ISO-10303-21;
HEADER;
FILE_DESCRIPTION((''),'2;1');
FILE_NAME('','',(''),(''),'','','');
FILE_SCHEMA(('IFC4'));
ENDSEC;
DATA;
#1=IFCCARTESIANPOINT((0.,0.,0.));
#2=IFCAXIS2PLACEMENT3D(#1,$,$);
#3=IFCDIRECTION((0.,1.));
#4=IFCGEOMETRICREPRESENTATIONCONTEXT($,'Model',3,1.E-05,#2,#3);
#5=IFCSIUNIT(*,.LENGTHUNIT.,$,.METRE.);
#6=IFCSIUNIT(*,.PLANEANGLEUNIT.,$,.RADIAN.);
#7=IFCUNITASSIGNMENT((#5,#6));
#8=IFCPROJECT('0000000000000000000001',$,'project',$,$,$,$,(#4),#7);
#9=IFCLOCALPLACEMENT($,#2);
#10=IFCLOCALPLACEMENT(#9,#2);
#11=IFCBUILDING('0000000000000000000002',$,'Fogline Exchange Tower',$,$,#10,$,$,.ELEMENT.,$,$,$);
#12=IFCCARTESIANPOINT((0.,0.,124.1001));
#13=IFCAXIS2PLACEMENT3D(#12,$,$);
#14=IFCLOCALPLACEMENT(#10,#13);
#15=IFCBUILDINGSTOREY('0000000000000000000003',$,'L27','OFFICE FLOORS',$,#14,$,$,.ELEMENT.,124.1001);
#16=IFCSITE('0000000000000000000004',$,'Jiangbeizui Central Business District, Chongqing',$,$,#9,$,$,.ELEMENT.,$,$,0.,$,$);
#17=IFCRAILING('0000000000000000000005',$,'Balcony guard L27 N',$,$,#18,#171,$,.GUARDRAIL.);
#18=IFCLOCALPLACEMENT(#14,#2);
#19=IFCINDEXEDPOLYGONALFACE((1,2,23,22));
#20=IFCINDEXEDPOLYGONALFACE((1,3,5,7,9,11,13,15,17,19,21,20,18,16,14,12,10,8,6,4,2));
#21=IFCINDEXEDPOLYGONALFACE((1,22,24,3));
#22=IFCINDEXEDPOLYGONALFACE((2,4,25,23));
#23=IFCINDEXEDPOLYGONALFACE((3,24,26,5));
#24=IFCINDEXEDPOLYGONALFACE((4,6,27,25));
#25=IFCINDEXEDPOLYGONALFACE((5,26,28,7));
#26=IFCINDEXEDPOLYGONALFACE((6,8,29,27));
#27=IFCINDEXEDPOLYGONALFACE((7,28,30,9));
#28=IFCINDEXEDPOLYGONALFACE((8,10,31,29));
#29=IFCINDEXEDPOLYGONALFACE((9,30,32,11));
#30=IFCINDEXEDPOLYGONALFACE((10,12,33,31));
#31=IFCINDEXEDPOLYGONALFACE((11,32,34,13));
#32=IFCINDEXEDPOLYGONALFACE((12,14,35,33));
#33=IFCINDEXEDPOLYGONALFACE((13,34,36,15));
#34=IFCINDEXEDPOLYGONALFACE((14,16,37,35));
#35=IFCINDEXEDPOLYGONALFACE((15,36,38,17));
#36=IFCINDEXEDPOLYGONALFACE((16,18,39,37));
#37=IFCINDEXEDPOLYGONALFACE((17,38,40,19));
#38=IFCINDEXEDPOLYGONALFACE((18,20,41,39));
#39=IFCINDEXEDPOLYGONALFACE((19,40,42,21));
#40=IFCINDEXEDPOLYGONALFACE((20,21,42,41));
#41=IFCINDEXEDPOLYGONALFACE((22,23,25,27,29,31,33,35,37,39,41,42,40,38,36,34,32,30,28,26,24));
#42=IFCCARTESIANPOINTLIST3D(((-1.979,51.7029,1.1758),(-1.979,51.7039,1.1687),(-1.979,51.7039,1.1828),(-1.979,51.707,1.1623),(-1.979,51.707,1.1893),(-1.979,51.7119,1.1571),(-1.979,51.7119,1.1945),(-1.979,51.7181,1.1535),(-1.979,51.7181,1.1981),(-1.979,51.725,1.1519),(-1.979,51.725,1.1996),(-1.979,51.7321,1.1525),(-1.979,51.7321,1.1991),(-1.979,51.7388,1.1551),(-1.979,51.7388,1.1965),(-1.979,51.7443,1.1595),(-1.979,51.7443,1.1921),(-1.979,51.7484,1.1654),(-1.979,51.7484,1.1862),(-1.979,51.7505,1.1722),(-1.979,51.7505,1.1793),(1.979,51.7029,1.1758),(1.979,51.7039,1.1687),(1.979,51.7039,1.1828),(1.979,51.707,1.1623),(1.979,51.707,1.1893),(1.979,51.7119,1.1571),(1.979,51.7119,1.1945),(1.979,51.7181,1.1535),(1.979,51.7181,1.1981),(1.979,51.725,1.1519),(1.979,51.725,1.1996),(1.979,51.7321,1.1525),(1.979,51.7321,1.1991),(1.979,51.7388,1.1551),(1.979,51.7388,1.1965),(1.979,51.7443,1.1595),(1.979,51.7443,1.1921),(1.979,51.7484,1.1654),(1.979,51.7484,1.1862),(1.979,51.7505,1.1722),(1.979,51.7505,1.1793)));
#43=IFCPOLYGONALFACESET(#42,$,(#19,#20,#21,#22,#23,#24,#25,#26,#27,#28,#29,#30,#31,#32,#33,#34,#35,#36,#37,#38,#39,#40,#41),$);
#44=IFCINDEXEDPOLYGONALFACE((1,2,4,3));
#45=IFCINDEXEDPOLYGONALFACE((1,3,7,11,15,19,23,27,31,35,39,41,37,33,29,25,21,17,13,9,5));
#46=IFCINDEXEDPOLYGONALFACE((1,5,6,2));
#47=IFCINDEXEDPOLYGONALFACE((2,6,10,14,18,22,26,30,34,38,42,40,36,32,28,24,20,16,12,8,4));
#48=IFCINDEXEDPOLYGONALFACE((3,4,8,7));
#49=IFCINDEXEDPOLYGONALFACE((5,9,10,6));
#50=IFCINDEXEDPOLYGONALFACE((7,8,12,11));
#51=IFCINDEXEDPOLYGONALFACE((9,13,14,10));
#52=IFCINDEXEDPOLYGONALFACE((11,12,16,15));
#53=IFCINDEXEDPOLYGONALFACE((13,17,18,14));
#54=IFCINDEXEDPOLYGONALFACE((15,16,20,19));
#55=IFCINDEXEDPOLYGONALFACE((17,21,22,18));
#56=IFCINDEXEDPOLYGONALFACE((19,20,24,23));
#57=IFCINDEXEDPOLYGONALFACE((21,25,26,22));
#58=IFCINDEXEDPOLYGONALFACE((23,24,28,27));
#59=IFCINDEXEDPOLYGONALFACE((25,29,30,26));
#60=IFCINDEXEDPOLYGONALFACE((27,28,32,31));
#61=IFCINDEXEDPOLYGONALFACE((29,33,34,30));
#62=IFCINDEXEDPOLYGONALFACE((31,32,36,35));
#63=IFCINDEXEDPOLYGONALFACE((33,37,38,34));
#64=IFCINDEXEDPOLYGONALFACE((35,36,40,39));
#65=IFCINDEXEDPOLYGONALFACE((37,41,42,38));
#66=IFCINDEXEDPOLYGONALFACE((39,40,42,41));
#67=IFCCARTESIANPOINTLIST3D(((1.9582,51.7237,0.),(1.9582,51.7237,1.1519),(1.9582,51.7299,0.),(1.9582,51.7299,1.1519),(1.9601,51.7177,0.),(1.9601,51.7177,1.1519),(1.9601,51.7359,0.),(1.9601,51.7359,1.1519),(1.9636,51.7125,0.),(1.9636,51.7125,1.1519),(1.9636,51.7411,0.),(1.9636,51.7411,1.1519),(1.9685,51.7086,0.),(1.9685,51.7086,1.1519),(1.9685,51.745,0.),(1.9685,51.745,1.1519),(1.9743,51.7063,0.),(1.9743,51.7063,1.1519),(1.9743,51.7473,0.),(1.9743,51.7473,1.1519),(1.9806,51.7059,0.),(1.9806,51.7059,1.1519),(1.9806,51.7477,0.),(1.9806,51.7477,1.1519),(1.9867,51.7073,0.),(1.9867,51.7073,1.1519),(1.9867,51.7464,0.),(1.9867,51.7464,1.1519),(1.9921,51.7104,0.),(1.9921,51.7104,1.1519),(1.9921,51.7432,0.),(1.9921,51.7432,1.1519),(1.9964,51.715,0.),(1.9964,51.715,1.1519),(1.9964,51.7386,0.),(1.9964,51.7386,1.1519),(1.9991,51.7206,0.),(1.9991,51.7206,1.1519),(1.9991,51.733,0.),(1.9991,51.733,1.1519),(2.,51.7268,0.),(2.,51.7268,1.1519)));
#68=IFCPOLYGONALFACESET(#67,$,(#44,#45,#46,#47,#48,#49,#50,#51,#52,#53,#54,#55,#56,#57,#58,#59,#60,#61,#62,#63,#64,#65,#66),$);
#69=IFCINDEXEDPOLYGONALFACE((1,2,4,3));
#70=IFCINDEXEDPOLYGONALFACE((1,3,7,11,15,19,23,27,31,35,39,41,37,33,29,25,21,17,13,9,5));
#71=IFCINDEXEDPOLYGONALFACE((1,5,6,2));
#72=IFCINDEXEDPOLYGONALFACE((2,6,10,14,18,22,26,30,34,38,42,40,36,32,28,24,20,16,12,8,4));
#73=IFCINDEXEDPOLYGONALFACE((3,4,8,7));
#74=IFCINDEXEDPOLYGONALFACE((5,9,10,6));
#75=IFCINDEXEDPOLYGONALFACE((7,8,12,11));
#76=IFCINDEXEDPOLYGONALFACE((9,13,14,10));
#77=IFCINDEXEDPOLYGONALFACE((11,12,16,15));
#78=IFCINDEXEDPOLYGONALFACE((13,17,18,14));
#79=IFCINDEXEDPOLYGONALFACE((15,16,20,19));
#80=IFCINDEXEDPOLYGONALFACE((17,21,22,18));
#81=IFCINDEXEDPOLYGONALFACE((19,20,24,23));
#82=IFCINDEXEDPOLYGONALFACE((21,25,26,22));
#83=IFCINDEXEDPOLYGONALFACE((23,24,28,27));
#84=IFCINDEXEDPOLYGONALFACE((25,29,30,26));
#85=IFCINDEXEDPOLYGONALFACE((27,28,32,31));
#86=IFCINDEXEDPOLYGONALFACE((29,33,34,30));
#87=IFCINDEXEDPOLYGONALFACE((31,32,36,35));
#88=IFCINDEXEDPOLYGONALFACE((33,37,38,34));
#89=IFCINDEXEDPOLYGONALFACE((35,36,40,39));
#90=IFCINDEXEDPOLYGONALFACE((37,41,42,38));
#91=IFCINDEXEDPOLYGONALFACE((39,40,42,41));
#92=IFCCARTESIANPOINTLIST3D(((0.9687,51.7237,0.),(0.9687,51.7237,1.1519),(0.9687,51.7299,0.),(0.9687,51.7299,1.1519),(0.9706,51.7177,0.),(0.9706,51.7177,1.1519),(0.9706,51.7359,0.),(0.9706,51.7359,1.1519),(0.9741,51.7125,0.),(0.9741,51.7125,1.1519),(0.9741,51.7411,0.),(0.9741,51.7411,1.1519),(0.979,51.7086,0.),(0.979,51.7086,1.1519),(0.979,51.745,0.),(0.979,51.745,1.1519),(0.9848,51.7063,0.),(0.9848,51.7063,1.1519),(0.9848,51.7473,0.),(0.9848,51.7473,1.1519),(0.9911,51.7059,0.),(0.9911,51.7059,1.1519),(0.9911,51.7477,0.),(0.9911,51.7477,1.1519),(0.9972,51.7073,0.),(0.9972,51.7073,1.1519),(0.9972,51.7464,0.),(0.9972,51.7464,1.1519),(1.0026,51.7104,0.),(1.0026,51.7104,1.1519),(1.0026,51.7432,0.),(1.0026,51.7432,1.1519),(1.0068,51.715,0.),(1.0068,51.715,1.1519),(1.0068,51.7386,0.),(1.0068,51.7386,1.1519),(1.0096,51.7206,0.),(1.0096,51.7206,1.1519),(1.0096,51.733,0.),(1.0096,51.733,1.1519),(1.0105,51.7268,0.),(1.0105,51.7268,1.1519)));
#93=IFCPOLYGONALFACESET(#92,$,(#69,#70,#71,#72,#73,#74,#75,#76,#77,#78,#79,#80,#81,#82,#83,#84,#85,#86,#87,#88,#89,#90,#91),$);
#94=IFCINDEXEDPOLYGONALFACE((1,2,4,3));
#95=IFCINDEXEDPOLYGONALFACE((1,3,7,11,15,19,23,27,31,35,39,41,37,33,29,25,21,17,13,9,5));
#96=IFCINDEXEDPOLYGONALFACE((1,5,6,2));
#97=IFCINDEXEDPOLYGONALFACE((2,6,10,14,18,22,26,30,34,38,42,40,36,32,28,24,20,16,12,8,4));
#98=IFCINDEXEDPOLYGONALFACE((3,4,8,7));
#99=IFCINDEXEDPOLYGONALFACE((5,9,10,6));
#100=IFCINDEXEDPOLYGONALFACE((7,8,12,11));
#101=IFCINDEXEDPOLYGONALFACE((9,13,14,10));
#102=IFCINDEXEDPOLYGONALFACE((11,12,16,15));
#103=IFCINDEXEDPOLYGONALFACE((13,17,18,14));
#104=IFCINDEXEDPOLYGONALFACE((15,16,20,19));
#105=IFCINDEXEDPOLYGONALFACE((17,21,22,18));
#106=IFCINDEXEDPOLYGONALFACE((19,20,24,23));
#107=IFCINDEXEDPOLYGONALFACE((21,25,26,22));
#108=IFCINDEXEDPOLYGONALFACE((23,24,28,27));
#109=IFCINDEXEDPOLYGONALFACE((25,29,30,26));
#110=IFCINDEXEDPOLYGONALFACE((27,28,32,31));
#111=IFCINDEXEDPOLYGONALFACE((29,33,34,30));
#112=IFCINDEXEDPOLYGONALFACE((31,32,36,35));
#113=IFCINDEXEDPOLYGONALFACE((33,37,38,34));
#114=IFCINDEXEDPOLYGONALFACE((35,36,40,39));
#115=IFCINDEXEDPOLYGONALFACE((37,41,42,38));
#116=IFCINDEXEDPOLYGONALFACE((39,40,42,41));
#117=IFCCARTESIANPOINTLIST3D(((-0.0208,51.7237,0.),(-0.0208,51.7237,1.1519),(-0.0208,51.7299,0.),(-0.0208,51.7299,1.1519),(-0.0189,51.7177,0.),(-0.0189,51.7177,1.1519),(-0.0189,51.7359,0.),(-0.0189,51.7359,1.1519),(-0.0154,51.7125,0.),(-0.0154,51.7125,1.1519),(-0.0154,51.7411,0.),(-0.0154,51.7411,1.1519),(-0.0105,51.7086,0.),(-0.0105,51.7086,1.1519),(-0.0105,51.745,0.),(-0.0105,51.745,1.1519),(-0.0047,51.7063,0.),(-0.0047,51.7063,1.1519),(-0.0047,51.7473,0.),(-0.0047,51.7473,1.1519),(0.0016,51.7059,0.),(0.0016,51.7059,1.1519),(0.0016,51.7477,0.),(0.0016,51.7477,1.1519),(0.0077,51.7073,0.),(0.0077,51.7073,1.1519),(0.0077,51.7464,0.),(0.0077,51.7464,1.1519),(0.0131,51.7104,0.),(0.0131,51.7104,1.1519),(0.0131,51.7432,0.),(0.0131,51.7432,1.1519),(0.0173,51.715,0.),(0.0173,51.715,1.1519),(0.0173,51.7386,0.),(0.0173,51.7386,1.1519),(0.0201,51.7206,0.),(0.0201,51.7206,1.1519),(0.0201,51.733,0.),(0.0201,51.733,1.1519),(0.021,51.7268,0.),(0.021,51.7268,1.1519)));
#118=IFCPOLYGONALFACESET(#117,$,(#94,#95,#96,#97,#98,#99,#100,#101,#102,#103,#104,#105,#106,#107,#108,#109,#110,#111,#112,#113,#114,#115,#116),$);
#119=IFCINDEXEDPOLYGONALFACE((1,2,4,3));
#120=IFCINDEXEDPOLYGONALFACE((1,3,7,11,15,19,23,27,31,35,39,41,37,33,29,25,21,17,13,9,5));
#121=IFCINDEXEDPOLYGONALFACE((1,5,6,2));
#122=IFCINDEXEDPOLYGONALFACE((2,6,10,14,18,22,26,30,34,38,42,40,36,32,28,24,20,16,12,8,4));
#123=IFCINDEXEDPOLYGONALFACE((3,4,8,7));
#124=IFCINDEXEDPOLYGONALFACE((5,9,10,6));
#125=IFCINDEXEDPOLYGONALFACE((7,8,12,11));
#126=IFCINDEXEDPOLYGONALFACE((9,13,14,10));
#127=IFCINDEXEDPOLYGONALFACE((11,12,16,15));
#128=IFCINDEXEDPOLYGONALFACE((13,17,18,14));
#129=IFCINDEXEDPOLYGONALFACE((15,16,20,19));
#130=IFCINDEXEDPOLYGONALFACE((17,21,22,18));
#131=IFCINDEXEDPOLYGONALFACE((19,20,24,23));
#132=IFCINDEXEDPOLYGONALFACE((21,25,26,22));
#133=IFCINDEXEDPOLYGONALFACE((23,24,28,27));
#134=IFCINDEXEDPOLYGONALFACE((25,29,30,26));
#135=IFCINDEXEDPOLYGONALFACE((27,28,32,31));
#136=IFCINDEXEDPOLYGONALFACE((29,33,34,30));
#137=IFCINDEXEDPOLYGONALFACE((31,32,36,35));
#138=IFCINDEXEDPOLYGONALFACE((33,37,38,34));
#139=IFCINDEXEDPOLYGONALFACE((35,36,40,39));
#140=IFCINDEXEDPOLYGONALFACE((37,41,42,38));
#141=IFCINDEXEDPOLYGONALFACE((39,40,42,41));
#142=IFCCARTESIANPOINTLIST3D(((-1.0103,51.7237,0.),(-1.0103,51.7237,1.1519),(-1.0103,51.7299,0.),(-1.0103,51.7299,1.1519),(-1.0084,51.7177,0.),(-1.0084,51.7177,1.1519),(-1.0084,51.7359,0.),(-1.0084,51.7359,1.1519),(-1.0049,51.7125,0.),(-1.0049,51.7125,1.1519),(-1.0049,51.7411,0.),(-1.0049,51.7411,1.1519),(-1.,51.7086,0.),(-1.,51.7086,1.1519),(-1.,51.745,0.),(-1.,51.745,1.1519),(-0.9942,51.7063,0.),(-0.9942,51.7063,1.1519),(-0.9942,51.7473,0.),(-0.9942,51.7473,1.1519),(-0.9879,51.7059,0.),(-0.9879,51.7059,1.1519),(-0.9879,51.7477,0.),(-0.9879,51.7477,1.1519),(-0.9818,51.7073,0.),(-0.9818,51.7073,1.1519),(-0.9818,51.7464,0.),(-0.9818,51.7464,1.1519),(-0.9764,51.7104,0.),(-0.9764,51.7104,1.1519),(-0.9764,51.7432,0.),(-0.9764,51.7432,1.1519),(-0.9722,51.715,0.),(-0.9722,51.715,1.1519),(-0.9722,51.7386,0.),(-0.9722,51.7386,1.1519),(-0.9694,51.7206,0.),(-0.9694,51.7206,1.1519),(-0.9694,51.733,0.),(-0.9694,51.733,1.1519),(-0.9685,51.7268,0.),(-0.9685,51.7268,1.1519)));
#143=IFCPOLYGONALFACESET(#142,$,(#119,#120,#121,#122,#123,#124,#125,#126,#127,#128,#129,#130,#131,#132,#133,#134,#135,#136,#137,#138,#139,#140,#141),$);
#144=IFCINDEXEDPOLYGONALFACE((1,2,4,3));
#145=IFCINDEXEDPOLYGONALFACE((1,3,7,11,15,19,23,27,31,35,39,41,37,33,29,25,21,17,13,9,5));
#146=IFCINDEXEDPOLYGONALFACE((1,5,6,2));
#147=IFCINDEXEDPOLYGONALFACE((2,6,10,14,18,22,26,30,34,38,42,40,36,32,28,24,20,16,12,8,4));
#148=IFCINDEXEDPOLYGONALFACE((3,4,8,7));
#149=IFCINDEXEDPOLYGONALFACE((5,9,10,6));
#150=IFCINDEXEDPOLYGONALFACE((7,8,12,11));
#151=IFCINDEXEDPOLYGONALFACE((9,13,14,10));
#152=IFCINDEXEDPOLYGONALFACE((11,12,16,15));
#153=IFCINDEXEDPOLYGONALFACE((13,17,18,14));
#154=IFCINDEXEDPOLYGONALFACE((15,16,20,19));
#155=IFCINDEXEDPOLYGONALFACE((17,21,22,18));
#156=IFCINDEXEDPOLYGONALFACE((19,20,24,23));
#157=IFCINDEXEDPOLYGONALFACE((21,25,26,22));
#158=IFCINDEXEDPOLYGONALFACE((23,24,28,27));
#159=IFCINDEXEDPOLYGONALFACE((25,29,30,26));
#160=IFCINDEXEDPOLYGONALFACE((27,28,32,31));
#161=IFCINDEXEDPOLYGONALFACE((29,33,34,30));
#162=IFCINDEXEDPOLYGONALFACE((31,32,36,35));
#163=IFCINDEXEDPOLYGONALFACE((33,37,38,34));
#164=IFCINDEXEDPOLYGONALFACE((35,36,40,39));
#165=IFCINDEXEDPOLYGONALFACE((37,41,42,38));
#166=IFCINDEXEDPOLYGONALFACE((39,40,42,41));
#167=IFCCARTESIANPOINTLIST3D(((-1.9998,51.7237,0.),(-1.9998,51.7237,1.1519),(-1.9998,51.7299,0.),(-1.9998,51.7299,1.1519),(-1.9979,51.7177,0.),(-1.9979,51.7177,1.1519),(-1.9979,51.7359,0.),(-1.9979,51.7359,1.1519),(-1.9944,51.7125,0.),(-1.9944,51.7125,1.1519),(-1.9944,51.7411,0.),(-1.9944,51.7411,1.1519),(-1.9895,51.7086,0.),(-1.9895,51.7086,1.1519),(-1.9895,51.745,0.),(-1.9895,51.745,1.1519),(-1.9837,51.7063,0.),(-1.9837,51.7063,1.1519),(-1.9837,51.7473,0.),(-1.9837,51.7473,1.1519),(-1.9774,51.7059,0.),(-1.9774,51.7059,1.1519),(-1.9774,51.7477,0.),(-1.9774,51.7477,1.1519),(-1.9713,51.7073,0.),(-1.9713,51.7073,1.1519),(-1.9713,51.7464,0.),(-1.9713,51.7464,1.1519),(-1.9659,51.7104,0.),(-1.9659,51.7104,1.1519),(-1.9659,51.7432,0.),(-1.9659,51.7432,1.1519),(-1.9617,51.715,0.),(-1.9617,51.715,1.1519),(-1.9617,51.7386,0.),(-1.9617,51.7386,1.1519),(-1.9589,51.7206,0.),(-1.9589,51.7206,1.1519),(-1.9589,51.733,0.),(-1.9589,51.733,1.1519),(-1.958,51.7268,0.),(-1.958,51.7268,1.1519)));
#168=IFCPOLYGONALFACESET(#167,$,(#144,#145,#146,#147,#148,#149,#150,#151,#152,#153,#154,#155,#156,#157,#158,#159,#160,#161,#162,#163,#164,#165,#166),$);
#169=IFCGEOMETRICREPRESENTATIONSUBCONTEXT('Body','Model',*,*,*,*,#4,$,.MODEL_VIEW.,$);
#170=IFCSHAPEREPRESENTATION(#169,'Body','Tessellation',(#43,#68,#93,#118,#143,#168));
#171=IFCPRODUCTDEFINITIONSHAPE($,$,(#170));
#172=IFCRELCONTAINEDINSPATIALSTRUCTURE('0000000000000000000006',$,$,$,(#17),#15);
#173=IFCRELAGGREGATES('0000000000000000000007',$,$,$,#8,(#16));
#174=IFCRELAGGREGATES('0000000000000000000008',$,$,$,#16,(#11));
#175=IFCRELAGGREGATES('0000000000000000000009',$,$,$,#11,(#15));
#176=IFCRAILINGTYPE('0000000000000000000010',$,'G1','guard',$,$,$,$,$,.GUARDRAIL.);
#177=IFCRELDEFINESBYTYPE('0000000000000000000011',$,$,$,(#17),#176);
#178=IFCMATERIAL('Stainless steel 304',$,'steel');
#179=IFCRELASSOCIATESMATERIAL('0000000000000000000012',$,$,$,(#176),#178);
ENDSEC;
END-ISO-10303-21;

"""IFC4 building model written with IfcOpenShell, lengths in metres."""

from ifc_helpers import new_model, si_unit, direction, frame, origin, origin_2d, place, context, subcontext, project, spatial, circle, extrude, material, type_object, element, save


model = new_model("IFC4")

# Units and contexts
model_context = context("Model", 3, precision=1e-05, world=origin(), true_north=direction((0.0, 1.0)))
body_context = subcontext(model_context, "Body", "Model", "MODEL_VIEW")
ifc_project = project(units=[si_unit("LENGTHUNIT", "METRE"), si_unit("PLANEANGLEUNIT", "RADIAN")], contexts=[model_context])

# Site, building, storey
site_placement = place(None, origin())
site = spatial("IfcSite", under=ifc_project, at=site_placement, Name="Jiangbeizui Central Business District, Chongqing", CompositionType="ELEMENT", RefElevation=0.0)
building_placement = place(site_placement, origin())
building = spatial("IfcBuilding", under=site, at=building_placement, Name="Fogline Exchange Tower", CompositionType="ELEMENT")
storey_placement = place(building_placement, frame((0.0, 0.0, 124.1001)))
storey = spatial("IfcBuildingStorey", under=building, at=storey_placement, Name="L27", Description="OFFICE FLOORS", CompositionType="ELEMENT", Elevation=124.1001)

# Railing
ifc_material_1 = material(Name="Stainless steel 304", Category="steel")
railing_type = type_object("IfcRailingType", Name="G1", Description="guard", PredefinedType="GUARDRAIL", material=ifc_material_1)
railing_placement = place(storey_placement, frame((1.979, 51.7268, 0.0)))
element("IfcRailing", 1, at=railing_placement, inside=storey, type_object=railing_type, Name="Balcony guard L27 N", PredefinedType="GUARDRAIL", context=body_context, shape_type="SweptSolid", body=[
    extrude(circle(Radius=0.0239, at=origin_2d()), frame((0.0, 0.0, 1.1758), z_axis=(-1.0, 0.0, 0.0), x_axis=(0.0, -1.0, 0.0)), (0.0, 0.0, 1.0), 3.958),
    extrude(circle(Radius=0.021, at=origin_2d()), origin(), (0.0, 0.0, 1.0), 1.1519),
    extrude(circle(Radius=0.021, at=origin_2d()), frame((-0.9895, 0.0, 0.0)), (0.0, 0.0, 1.0), 1.1519),
    extrude(circle(Radius=0.021, at=origin_2d()), frame((-1.979, 0.0, 0.0)), (0.0, 0.0, 1.0), 1.1519),
    extrude(circle(Radius=0.021, at=origin_2d()), frame((-2.9685, 0.0, 0.0)), (0.0, 0.0, 1.0), 1.1519),
    extrude(circle(Radius=0.021, at=origin_2d()), frame((-3.958, 0.0, 0.0)), (0.0, 0.0, 1.0), 1.1519),
])

save(model, "model.ifc")
